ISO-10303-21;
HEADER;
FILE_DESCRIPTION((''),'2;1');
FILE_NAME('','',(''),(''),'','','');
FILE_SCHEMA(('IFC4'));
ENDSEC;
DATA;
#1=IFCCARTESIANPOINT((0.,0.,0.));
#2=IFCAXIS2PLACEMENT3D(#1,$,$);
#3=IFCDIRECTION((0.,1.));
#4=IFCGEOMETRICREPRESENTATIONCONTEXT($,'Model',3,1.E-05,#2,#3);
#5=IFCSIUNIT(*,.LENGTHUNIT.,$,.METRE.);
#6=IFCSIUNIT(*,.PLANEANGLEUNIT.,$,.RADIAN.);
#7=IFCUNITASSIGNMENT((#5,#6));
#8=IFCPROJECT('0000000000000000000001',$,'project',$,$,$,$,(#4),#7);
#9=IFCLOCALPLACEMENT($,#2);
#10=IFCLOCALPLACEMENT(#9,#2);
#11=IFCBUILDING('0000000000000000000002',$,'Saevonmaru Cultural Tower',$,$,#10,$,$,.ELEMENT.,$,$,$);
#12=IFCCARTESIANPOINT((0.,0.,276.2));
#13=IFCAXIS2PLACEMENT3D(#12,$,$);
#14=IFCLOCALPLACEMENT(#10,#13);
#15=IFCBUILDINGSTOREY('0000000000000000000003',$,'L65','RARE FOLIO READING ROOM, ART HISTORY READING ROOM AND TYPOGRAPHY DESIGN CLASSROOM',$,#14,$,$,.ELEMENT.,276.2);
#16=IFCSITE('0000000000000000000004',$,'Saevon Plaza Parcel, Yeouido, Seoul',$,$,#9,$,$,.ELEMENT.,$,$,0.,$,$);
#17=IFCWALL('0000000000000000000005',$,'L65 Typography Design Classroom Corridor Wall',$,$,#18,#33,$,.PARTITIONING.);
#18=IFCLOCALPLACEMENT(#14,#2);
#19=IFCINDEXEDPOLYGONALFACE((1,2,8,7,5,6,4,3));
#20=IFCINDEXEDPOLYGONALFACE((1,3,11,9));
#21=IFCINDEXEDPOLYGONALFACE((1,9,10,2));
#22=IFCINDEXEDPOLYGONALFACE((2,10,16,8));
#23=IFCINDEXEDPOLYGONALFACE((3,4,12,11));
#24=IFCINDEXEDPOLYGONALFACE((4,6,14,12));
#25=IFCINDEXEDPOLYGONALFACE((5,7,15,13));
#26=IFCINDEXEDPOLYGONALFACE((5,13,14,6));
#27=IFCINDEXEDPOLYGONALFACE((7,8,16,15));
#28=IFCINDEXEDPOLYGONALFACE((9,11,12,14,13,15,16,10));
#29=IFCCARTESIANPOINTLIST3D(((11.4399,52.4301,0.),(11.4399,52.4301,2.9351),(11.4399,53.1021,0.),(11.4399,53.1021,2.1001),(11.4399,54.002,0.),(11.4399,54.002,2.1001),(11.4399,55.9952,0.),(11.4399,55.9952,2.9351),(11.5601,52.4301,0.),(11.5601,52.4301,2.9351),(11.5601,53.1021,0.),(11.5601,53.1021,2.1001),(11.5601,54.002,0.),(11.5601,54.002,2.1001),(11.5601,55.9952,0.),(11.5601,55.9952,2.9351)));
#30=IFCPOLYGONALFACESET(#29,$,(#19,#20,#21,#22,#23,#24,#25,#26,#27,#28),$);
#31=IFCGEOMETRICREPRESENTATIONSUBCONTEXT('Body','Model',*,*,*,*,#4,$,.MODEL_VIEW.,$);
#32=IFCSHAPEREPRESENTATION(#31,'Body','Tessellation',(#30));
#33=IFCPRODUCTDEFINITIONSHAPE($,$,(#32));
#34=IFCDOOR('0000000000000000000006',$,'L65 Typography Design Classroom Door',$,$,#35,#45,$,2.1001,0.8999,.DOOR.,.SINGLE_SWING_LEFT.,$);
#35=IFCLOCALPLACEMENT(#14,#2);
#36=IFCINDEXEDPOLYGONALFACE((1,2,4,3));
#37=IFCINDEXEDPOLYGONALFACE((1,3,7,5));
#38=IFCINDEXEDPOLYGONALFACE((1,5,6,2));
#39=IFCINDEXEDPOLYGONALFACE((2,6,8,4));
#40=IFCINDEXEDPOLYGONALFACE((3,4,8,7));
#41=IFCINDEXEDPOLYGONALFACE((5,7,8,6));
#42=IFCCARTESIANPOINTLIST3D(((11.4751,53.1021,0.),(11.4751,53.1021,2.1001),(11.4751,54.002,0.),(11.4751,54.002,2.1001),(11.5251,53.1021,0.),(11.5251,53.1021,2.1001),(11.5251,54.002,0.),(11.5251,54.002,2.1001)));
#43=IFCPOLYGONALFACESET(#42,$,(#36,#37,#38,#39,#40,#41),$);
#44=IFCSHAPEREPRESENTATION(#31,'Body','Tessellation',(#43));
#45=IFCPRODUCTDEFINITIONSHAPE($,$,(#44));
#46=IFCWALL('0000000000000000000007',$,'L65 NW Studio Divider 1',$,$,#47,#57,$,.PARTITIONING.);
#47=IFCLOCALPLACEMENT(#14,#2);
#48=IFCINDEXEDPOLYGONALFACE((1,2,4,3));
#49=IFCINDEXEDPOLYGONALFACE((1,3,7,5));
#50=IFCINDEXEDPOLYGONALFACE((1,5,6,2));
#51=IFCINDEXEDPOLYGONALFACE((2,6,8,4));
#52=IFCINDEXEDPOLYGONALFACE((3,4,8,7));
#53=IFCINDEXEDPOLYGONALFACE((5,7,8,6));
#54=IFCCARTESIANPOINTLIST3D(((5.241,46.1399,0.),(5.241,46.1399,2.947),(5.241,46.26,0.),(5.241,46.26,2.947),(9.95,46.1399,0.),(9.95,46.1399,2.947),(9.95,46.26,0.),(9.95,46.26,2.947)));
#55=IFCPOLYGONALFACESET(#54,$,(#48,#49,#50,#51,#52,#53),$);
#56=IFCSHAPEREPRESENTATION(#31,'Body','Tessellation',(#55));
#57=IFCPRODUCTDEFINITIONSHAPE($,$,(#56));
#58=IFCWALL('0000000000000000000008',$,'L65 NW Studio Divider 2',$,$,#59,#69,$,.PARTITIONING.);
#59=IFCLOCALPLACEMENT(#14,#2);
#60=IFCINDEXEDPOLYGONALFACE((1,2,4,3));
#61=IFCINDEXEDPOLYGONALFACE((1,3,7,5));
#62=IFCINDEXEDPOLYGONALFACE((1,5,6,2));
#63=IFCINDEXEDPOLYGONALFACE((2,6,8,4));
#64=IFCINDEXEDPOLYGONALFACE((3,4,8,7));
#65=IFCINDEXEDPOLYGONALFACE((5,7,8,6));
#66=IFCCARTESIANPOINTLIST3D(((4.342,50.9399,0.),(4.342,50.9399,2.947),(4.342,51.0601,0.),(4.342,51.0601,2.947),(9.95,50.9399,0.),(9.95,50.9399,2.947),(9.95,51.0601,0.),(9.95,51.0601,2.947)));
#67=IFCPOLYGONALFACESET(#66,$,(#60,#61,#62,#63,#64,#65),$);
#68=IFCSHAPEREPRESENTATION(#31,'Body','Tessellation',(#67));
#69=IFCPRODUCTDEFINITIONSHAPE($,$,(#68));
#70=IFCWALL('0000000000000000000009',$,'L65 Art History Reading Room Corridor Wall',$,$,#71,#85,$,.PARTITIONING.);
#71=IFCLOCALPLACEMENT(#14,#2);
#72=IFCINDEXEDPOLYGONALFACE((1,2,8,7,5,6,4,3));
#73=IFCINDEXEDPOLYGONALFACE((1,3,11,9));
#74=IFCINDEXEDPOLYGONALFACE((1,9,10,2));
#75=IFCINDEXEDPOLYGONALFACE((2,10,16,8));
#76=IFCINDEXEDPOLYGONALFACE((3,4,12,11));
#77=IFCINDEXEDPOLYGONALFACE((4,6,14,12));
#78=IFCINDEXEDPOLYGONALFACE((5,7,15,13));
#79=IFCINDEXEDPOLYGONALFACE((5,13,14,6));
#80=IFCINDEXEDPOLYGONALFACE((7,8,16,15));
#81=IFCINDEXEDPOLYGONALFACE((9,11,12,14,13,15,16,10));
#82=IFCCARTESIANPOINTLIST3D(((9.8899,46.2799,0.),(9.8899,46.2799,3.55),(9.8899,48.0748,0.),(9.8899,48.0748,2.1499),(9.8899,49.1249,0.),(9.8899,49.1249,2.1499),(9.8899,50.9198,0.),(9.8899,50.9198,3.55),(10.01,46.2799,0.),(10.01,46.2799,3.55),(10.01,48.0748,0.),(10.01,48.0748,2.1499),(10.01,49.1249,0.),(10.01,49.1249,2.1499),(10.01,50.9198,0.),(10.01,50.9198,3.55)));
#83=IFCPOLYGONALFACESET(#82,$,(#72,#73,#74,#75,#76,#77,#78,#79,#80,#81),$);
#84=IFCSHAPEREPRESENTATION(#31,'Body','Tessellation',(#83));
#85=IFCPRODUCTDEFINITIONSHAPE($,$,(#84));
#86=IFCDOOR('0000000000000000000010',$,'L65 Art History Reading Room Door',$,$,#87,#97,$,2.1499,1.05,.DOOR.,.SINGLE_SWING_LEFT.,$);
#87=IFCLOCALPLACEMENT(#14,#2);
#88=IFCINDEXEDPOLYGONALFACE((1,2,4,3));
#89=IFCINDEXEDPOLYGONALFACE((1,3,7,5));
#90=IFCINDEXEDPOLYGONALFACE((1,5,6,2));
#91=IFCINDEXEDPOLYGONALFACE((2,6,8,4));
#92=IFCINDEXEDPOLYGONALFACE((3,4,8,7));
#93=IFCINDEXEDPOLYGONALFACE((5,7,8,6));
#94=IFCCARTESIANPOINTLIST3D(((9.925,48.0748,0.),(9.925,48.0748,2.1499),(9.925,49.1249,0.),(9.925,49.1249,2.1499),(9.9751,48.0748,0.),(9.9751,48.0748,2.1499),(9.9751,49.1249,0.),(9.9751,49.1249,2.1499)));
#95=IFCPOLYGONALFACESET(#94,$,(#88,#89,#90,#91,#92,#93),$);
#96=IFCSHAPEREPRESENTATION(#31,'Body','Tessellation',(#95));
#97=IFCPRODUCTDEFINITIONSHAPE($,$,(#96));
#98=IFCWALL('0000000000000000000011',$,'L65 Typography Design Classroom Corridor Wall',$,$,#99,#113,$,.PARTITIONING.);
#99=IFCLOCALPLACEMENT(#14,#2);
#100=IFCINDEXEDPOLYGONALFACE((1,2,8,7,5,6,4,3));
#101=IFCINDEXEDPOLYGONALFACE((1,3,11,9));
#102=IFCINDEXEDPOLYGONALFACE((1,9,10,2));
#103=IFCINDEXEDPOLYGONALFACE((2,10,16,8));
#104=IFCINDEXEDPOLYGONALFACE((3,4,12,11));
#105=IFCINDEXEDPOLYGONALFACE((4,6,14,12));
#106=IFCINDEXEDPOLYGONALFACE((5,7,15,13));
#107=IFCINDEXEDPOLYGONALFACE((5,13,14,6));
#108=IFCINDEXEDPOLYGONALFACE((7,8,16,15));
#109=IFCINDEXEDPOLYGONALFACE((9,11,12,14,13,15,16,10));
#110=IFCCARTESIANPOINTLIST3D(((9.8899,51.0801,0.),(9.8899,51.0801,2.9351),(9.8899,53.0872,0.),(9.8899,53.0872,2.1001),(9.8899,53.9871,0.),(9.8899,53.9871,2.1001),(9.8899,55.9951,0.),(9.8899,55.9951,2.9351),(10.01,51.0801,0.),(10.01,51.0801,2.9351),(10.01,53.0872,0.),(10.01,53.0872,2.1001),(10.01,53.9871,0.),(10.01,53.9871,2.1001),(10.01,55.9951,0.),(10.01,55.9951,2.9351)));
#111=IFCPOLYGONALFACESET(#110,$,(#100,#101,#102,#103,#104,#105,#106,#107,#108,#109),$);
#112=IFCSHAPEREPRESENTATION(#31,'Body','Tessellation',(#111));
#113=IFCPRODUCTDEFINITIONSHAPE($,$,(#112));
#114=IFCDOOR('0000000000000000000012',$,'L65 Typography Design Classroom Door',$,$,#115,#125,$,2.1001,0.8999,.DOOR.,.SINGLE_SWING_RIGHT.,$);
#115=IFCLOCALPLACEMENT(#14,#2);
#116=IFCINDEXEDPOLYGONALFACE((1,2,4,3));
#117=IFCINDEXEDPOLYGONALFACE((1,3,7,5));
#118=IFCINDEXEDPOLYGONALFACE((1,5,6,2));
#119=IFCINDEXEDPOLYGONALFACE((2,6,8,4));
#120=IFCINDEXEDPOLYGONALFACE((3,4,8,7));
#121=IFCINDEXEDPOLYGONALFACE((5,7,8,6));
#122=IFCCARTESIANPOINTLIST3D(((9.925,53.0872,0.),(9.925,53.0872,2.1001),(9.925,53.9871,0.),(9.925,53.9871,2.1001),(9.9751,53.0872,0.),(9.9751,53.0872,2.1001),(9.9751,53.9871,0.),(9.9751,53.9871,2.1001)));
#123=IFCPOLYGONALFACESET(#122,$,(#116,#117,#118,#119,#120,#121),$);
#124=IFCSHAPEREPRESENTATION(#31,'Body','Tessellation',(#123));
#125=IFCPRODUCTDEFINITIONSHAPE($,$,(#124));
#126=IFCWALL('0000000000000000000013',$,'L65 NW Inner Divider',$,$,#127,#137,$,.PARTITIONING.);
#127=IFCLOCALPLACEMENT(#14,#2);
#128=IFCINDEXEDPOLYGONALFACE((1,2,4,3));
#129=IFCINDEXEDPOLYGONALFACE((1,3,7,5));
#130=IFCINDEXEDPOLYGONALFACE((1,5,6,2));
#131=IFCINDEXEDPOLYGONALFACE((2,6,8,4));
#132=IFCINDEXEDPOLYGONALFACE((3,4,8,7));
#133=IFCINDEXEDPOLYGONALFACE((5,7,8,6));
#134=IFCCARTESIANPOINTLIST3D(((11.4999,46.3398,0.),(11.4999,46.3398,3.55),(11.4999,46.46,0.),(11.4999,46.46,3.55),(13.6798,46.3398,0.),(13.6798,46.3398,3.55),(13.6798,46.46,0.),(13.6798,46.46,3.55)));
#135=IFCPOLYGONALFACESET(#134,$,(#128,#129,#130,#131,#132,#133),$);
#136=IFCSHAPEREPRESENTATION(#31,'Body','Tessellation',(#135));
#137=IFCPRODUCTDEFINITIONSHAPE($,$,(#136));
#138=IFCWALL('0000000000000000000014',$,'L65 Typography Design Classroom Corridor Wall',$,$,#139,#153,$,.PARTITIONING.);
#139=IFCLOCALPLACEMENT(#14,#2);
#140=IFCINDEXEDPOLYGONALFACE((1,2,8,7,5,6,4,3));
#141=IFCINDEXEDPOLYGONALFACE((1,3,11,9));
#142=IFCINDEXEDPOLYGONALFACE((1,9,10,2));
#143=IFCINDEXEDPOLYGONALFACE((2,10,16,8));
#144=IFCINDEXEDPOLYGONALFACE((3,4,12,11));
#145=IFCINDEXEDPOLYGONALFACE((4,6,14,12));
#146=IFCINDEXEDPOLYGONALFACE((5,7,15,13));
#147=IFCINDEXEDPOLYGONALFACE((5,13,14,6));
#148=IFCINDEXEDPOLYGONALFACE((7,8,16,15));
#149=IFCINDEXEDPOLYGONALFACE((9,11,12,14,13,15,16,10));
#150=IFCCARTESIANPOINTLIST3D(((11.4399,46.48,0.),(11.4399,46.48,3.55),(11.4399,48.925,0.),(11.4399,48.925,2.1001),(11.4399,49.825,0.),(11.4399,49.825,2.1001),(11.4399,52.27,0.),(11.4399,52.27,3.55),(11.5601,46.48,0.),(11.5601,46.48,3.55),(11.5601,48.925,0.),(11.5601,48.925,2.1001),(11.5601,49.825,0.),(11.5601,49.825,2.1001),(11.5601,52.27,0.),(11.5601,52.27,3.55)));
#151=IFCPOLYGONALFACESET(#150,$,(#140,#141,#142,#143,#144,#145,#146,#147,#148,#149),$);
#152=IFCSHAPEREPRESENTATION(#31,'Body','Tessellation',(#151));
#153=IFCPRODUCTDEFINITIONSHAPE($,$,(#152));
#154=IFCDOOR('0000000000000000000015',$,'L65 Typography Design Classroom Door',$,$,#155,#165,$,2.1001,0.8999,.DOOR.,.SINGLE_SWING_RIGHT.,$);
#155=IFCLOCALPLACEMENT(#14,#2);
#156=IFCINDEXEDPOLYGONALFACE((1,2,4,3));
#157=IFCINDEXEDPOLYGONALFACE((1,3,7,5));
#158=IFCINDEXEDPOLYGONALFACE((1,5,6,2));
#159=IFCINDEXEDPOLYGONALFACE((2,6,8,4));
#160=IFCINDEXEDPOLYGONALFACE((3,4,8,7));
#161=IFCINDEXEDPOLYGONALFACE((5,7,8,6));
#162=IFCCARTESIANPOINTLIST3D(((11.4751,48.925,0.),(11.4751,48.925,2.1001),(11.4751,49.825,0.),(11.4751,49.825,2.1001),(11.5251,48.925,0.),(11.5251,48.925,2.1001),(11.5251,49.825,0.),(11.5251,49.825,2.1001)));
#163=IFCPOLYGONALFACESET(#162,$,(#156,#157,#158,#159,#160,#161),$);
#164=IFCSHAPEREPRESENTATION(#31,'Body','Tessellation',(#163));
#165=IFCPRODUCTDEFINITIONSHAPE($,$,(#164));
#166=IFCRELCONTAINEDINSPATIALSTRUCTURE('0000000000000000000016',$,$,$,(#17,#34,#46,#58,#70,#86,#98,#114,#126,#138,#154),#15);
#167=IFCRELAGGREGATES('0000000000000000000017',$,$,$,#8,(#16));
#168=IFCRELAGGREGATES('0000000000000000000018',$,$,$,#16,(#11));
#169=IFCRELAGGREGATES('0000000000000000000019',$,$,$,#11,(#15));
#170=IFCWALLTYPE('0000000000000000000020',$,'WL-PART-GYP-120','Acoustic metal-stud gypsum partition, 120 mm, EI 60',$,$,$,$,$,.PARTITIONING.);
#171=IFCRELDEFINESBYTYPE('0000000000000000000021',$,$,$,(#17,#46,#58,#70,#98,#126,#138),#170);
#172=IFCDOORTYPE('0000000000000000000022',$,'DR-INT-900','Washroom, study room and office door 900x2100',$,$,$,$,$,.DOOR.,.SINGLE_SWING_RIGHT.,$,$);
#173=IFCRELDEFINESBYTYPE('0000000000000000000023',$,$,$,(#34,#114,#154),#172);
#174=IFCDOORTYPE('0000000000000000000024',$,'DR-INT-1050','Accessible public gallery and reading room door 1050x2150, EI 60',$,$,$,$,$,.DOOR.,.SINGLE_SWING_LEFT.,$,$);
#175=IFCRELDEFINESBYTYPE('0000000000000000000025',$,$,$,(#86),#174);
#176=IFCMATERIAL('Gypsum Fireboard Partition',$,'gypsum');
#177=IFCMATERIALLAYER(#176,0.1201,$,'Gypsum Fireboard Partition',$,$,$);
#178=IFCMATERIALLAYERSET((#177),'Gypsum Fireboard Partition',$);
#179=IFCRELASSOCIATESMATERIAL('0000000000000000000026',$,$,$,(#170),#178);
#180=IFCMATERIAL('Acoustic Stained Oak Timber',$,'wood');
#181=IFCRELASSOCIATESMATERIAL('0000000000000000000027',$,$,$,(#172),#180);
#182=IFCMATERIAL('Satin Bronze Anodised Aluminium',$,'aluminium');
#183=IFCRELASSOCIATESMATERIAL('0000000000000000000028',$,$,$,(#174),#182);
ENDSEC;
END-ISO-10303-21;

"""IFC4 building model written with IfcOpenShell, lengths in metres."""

from ifc_helpers import new_model, si_unit, direction, frame, frame_2d, origin, place, context, subcontext, project, spatial, rectangle, extrude, material, layer, layer_set, type_object, element, fill, save


model = new_model("IFC4")

# Units and contexts
model_context = context("Model", 3, precision=1e-05, world=origin(), true_north=direction((0.0, 1.0)))
body_context = subcontext(model_context, "Body", "Model", "MODEL_VIEW")
ifc_project = project(units=[si_unit("LENGTHUNIT", "METRE"), si_unit("PLANEANGLEUNIT", "RADIAN")], contexts=[model_context])

# Site, building, storey
site_placement = place(None, origin())
site = spatial("IfcSite", under=ifc_project, at=site_placement, Name="Saevon Plaza Parcel, Yeouido, Seoul", CompositionType="ELEMENT", RefElevation=0.0)
building_placement = place(site_placement, origin())
building = spatial("IfcBuilding", under=site, at=building_placement, Name="Saevonmaru Cultural Tower", CompositionType="ELEMENT")
storey_placement = place(building_placement, frame((0.0, 0.0, 276.2)))
storey = spatial("IfcBuildingStorey", under=building, at=storey_placement, Name="L65", Description="RARE FOLIO READING ROOM, ART HISTORY READING ROOM AND TYPOGRAPHY DESIGN CLASSROOM", CompositionType="ELEMENT", Elevation=276.2)

# Shared definitions
ifc_material_1 = material(Name="Satin Bronze Anodised Aluminium", Category="aluminium")

# Shared definitions
ifc_material_2 = material(Name="Gypsum Fireboard Partition", Category="gypsum")
ifc_layer_1 = layer(ifc_material_2, 0.1201, Name="Gypsum Fireboard Partition")
ifc_layer_set_1 = layer_set([ifc_layer_1], Name="Gypsum Fireboard Partition")
wall_type_1 = type_object("IfcWallType", Name="WL-PART-GYP-120", Description="Acoustic metal-stud gypsum partition, 120 mm, EI 60", PredefinedType="PARTITIONING", material=ifc_layer_set_1)

# Wall, opening, door
wall_1_placement = place(storey_placement, frame((11.5, 52.4299, 0.0), z_axis=(0.0, 0.0, 1.0), x_axis=(0.0, 1.0, 0.0)))
wall_1 = element("IfcWall", 1, at=wall_1_placement, inside=storey, type_object=wall_type_1, Name="L65 Typography Design Classroom Corridor Wall", PredefinedType="PARTITIONING", context=body_context, shape_type="SweptSolid", body=[
    extrude(rectangle(XDim=3.5652, YDim=0.1201, at=frame_2d((1.7827, 0.0))), origin(), (0.0, 0.0, 1.0), 2.9351),
])
opening_1_placement = place(wall_1_placement, frame((0.6721, 0.0, 0.0)))
opening_1 = element("IfcOpeningElement", 2, at=opening_1_placement, cuts=wall_1, PredefinedType="OPENING", context=body_context, shape_type="SweptSolid", body=[
    extrude(rectangle(XDim=0.8999, YDim=2.1001, at=frame_2d((0.45, 1.05))), frame((0.0, 0.0701, 0.0), z_axis=(0.0, -1.0, 0.0), x_axis=(1.0, 0.0, 0.0)), (0.0, 0.0, 1.0), 0.1401),
])
ifc_material_3 = material(Name="Acoustic Stained Oak Timber", Category="wood")
door_type_1 = type_object("IfcDoorType", Name="DR-INT-900", Description="Washroom, study room and office door 900x2100", OperationType="SINGLE_SWING_RIGHT", PredefinedType="DOOR", material=ifc_material_3)
door_1_placement = place(opening_1_placement, origin())
door_1 = element("IfcDoor", 3, at=door_1_placement, inside=storey, type_object=door_type_1, Name="L65 Typography Design Classroom Door", OperationType="SINGLE_SWING_LEFT", OverallHeight=2.1001, OverallWidth=0.8999, PredefinedType="DOOR", context=body_context, shape_type="SweptSolid", body=[
    extrude(rectangle(XDim=0.8999, YDim=2.1001, at=frame_2d((0.45, 1.05))), frame((0.0, 0.0249, 0.0), z_axis=(0.0, -1.0, 0.0), x_axis=(1.0, 0.0, 0.0)), (0.0, 0.0, 1.0), 0.05),
])
fill(opening_1, door_1)

# Walls
wall_2_placement = place(storey_placement, frame((5.241, 46.2, 0.0), z_axis=(0.0, 0.0, 1.0), x_axis=(1.0, 0.0, 0.0)))
element("IfcWall", 4, at=wall_2_placement, inside=storey, type_object=wall_type_1, Name="L65 NW Studio Divider 1", PredefinedType="PARTITIONING", context=body_context, shape_type="SweptSolid", body=[
    extrude(rectangle(XDim=4.709, YDim=0.1201, at=frame_2d((2.3545, 0.0))), origin(), (0.0, 0.0, 1.0), 2.947),
])
wall_3_placement = place(storey_placement, frame((4.342, 51.0, 0.0), z_axis=(0.0, 0.0, 1.0), x_axis=(1.0, 0.0, 0.0)))
element("IfcWall", 5, at=wall_3_placement, inside=storey, type_object=wall_type_1, Name="L65 NW Studio Divider 2", PredefinedType="PARTITIONING", context=body_context, shape_type="SweptSolid", body=[
    extrude(rectangle(XDim=5.6079, YDim=0.1201, at=frame_2d((2.804, 0.0))), origin(), (0.0, 0.0, 1.0), 2.947),
])

# Walls, openings, doors
wall_4_placement = place(storey_placement, frame((9.95, 46.28, 0.0), z_axis=(0.0, 0.0, 1.0), x_axis=(0.0, 1.0, 0.0)))
wall_4 = element("IfcWall", 6, at=wall_4_placement, inside=storey, type_object=wall_type_1, Name="L65 Art History Reading Room Corridor Wall", PredefinedType="PARTITIONING", context=body_context, shape_type="SweptSolid", body=[
    extrude(rectangle(XDim=4.6399, YDim=0.1201, at=frame_2d((2.3198, 0.0))), origin(), (0.0, 0.0, 1.0), 3.55),
])
opening_2_placement = place(wall_4_placement, frame((1.7949, 0.0, 0.0)))
opening_2 = element("IfcOpeningElement", 7, at=opening_2_placement, cuts=wall_4, PredefinedType="OPENING", context=body_context, shape_type="SweptSolid", body=[
    extrude(rectangle(XDim=1.05, YDim=2.1499, at=frame_2d((0.5249, 1.075))), frame((0.0, 0.0701, 0.0), z_axis=(0.0, -1.0, 0.0), x_axis=(1.0, 0.0, 0.0)), (0.0, 0.0, 1.0), 0.1401),
])
door_type_2 = type_object("IfcDoorType", Name="DR-INT-1050", Description="Accessible public gallery and reading room door 1050x2150, EI 60", OperationType="SINGLE_SWING_LEFT", PredefinedType="DOOR", material=ifc_material_1)
door_2_placement = place(opening_2_placement, origin())
door_2 = element("IfcDoor", 8, at=door_2_placement, inside=storey, type_object=door_type_2, Name="L65 Art History Reading Room Door", OperationType="SINGLE_SWING_LEFT", OverallHeight=2.1499, OverallWidth=1.05, PredefinedType="DOOR", context=body_context, shape_type="SweptSolid", body=[
    extrude(rectangle(XDim=1.05, YDim=2.1499, at=frame_2d((0.5249, 1.075))), frame((0.0, 0.0249, 0.0), z_axis=(0.0, -1.0, 0.0), x_axis=(1.0, 0.0, 0.0)), (0.0, 0.0, 1.0), 0.05),
])
fill(opening_2, door_2)
wall_5_placement = place(storey_placement, frame((9.95, 51.0801, 0.0), z_axis=(0.0, 0.0, 1.0), x_axis=(0.0, 1.0, 0.0)))
wall_5 = element("IfcWall", 9, at=wall_5_placement, inside=storey, type_object=wall_type_1, Name="L65 Typography Design Classroom Corridor Wall", PredefinedType="PARTITIONING", context=body_context, shape_type="SweptSolid", body=[
    extrude(rectangle(XDim=4.915, YDim=0.1201, at=frame_2d((2.4575, 0.0))), origin(), (0.0, 0.0, 1.0), 2.9351),
])
opening_3_placement = place(wall_5_placement, frame((2.0071, 0.0, 0.0)))
opening_3 = element("IfcOpeningElement", 10, at=opening_3_placement, cuts=wall_5, PredefinedType="OPENING", context=body_context, shape_type="SweptSolid", body=[
    extrude(rectangle(XDim=0.8999, YDim=2.1001, at=frame_2d((0.45, 1.05))), frame((0.0, 0.0701, 0.0), z_axis=(0.0, -1.0, 0.0), x_axis=(1.0, 0.0, 0.0)), (0.0, 0.0, 1.0), 0.1401),
])
door_3_placement = place(opening_3_placement, origin())
door_3 = element("IfcDoor", 11, at=door_3_placement, inside=storey, type_object=door_type_1, Name="L65 Typography Design Classroom Door", OperationType="SINGLE_SWING_RIGHT", OverallHeight=2.1001, OverallWidth=0.8999, PredefinedType="DOOR", context=body_context, shape_type="SweptSolid", body=[
    extrude(rectangle(XDim=0.8999, YDim=2.1001, at=frame_2d((0.45, 1.05))), frame((0.0, 0.0249, 0.0), z_axis=(0.0, -1.0, 0.0), x_axis=(1.0, 0.0, 0.0)), (0.0, 0.0, 1.0), 0.05),
])
fill(opening_3, door_3)

# Wall
wall_6_placement = place(storey_placement, frame((11.5, 46.3999, 0.0), z_axis=(0.0, 0.0, 1.0), x_axis=(1.0, 0.0, 0.0)))
element("IfcWall", 12, at=wall_6_placement, inside=storey, type_object=wall_type_1, Name="L65 NW Inner Divider", PredefinedType="PARTITIONING", context=body_context, shape_type="SweptSolid", body=[
    extrude(rectangle(XDim=2.1799, YDim=0.1201, at=frame_2d((1.0898, 0.0))), origin(), (0.0, 0.0, 1.0), 3.55),
])

# Wall, opening, door
wall_7_placement = place(storey_placement, frame((11.5, 46.48, 0.0), z_axis=(0.0, 0.0, 1.0), x_axis=(0.0, 1.0, 0.0)))
wall_7 = element("IfcWall", 13, at=wall_7_placement, inside=storey, type_object=wall_type_1, Name="L65 Typography Design Classroom Corridor Wall", PredefinedType="PARTITIONING", context=body_context, shape_type="SweptSolid", body=[
    extrude(rectangle(XDim=5.79, YDim=0.1201, at=frame_2d((2.895, 0.0))), origin(), (0.0, 0.0, 1.0), 3.55),
])
opening_4_placement = place(wall_7_placement, frame((2.4451, 0.0, 0.0)))
opening_4 = element("IfcOpeningElement", 14, at=opening_4_placement, cuts=wall_7, PredefinedType="OPENING", context=body_context, shape_type="SweptSolid", body=[
    extrude(rectangle(XDim=0.8999, YDim=2.1001, at=frame_2d((0.45, 1.05))), frame((0.0, 0.0701, 0.0), z_axis=(0.0, -1.0, 0.0), x_axis=(1.0, 0.0, 0.0)), (0.0, 0.0, 1.0), 0.1401),
])
door_4_placement = place(opening_4_placement, origin())
door_4 = element("IfcDoor", 15, at=door_4_placement, inside=storey, type_object=door_type_1, Name="L65 Typography Design Classroom Door", OperationType="SINGLE_SWING_RIGHT", OverallHeight=2.1001, OverallWidth=0.8999, PredefinedType="DOOR", context=body_context, shape_type="SweptSolid", body=[
    extrude(rectangle(XDim=0.8999, YDim=2.1001, at=frame_2d((0.45, 1.05))), frame((0.0, 0.0249, 0.0), z_axis=(0.0, -1.0, 0.0), x_axis=(1.0, 0.0, 0.0)), (0.0, 0.0, 1.0), 0.05),
])
fill(opening_4, door_4)

save(model, "model.ifc")
